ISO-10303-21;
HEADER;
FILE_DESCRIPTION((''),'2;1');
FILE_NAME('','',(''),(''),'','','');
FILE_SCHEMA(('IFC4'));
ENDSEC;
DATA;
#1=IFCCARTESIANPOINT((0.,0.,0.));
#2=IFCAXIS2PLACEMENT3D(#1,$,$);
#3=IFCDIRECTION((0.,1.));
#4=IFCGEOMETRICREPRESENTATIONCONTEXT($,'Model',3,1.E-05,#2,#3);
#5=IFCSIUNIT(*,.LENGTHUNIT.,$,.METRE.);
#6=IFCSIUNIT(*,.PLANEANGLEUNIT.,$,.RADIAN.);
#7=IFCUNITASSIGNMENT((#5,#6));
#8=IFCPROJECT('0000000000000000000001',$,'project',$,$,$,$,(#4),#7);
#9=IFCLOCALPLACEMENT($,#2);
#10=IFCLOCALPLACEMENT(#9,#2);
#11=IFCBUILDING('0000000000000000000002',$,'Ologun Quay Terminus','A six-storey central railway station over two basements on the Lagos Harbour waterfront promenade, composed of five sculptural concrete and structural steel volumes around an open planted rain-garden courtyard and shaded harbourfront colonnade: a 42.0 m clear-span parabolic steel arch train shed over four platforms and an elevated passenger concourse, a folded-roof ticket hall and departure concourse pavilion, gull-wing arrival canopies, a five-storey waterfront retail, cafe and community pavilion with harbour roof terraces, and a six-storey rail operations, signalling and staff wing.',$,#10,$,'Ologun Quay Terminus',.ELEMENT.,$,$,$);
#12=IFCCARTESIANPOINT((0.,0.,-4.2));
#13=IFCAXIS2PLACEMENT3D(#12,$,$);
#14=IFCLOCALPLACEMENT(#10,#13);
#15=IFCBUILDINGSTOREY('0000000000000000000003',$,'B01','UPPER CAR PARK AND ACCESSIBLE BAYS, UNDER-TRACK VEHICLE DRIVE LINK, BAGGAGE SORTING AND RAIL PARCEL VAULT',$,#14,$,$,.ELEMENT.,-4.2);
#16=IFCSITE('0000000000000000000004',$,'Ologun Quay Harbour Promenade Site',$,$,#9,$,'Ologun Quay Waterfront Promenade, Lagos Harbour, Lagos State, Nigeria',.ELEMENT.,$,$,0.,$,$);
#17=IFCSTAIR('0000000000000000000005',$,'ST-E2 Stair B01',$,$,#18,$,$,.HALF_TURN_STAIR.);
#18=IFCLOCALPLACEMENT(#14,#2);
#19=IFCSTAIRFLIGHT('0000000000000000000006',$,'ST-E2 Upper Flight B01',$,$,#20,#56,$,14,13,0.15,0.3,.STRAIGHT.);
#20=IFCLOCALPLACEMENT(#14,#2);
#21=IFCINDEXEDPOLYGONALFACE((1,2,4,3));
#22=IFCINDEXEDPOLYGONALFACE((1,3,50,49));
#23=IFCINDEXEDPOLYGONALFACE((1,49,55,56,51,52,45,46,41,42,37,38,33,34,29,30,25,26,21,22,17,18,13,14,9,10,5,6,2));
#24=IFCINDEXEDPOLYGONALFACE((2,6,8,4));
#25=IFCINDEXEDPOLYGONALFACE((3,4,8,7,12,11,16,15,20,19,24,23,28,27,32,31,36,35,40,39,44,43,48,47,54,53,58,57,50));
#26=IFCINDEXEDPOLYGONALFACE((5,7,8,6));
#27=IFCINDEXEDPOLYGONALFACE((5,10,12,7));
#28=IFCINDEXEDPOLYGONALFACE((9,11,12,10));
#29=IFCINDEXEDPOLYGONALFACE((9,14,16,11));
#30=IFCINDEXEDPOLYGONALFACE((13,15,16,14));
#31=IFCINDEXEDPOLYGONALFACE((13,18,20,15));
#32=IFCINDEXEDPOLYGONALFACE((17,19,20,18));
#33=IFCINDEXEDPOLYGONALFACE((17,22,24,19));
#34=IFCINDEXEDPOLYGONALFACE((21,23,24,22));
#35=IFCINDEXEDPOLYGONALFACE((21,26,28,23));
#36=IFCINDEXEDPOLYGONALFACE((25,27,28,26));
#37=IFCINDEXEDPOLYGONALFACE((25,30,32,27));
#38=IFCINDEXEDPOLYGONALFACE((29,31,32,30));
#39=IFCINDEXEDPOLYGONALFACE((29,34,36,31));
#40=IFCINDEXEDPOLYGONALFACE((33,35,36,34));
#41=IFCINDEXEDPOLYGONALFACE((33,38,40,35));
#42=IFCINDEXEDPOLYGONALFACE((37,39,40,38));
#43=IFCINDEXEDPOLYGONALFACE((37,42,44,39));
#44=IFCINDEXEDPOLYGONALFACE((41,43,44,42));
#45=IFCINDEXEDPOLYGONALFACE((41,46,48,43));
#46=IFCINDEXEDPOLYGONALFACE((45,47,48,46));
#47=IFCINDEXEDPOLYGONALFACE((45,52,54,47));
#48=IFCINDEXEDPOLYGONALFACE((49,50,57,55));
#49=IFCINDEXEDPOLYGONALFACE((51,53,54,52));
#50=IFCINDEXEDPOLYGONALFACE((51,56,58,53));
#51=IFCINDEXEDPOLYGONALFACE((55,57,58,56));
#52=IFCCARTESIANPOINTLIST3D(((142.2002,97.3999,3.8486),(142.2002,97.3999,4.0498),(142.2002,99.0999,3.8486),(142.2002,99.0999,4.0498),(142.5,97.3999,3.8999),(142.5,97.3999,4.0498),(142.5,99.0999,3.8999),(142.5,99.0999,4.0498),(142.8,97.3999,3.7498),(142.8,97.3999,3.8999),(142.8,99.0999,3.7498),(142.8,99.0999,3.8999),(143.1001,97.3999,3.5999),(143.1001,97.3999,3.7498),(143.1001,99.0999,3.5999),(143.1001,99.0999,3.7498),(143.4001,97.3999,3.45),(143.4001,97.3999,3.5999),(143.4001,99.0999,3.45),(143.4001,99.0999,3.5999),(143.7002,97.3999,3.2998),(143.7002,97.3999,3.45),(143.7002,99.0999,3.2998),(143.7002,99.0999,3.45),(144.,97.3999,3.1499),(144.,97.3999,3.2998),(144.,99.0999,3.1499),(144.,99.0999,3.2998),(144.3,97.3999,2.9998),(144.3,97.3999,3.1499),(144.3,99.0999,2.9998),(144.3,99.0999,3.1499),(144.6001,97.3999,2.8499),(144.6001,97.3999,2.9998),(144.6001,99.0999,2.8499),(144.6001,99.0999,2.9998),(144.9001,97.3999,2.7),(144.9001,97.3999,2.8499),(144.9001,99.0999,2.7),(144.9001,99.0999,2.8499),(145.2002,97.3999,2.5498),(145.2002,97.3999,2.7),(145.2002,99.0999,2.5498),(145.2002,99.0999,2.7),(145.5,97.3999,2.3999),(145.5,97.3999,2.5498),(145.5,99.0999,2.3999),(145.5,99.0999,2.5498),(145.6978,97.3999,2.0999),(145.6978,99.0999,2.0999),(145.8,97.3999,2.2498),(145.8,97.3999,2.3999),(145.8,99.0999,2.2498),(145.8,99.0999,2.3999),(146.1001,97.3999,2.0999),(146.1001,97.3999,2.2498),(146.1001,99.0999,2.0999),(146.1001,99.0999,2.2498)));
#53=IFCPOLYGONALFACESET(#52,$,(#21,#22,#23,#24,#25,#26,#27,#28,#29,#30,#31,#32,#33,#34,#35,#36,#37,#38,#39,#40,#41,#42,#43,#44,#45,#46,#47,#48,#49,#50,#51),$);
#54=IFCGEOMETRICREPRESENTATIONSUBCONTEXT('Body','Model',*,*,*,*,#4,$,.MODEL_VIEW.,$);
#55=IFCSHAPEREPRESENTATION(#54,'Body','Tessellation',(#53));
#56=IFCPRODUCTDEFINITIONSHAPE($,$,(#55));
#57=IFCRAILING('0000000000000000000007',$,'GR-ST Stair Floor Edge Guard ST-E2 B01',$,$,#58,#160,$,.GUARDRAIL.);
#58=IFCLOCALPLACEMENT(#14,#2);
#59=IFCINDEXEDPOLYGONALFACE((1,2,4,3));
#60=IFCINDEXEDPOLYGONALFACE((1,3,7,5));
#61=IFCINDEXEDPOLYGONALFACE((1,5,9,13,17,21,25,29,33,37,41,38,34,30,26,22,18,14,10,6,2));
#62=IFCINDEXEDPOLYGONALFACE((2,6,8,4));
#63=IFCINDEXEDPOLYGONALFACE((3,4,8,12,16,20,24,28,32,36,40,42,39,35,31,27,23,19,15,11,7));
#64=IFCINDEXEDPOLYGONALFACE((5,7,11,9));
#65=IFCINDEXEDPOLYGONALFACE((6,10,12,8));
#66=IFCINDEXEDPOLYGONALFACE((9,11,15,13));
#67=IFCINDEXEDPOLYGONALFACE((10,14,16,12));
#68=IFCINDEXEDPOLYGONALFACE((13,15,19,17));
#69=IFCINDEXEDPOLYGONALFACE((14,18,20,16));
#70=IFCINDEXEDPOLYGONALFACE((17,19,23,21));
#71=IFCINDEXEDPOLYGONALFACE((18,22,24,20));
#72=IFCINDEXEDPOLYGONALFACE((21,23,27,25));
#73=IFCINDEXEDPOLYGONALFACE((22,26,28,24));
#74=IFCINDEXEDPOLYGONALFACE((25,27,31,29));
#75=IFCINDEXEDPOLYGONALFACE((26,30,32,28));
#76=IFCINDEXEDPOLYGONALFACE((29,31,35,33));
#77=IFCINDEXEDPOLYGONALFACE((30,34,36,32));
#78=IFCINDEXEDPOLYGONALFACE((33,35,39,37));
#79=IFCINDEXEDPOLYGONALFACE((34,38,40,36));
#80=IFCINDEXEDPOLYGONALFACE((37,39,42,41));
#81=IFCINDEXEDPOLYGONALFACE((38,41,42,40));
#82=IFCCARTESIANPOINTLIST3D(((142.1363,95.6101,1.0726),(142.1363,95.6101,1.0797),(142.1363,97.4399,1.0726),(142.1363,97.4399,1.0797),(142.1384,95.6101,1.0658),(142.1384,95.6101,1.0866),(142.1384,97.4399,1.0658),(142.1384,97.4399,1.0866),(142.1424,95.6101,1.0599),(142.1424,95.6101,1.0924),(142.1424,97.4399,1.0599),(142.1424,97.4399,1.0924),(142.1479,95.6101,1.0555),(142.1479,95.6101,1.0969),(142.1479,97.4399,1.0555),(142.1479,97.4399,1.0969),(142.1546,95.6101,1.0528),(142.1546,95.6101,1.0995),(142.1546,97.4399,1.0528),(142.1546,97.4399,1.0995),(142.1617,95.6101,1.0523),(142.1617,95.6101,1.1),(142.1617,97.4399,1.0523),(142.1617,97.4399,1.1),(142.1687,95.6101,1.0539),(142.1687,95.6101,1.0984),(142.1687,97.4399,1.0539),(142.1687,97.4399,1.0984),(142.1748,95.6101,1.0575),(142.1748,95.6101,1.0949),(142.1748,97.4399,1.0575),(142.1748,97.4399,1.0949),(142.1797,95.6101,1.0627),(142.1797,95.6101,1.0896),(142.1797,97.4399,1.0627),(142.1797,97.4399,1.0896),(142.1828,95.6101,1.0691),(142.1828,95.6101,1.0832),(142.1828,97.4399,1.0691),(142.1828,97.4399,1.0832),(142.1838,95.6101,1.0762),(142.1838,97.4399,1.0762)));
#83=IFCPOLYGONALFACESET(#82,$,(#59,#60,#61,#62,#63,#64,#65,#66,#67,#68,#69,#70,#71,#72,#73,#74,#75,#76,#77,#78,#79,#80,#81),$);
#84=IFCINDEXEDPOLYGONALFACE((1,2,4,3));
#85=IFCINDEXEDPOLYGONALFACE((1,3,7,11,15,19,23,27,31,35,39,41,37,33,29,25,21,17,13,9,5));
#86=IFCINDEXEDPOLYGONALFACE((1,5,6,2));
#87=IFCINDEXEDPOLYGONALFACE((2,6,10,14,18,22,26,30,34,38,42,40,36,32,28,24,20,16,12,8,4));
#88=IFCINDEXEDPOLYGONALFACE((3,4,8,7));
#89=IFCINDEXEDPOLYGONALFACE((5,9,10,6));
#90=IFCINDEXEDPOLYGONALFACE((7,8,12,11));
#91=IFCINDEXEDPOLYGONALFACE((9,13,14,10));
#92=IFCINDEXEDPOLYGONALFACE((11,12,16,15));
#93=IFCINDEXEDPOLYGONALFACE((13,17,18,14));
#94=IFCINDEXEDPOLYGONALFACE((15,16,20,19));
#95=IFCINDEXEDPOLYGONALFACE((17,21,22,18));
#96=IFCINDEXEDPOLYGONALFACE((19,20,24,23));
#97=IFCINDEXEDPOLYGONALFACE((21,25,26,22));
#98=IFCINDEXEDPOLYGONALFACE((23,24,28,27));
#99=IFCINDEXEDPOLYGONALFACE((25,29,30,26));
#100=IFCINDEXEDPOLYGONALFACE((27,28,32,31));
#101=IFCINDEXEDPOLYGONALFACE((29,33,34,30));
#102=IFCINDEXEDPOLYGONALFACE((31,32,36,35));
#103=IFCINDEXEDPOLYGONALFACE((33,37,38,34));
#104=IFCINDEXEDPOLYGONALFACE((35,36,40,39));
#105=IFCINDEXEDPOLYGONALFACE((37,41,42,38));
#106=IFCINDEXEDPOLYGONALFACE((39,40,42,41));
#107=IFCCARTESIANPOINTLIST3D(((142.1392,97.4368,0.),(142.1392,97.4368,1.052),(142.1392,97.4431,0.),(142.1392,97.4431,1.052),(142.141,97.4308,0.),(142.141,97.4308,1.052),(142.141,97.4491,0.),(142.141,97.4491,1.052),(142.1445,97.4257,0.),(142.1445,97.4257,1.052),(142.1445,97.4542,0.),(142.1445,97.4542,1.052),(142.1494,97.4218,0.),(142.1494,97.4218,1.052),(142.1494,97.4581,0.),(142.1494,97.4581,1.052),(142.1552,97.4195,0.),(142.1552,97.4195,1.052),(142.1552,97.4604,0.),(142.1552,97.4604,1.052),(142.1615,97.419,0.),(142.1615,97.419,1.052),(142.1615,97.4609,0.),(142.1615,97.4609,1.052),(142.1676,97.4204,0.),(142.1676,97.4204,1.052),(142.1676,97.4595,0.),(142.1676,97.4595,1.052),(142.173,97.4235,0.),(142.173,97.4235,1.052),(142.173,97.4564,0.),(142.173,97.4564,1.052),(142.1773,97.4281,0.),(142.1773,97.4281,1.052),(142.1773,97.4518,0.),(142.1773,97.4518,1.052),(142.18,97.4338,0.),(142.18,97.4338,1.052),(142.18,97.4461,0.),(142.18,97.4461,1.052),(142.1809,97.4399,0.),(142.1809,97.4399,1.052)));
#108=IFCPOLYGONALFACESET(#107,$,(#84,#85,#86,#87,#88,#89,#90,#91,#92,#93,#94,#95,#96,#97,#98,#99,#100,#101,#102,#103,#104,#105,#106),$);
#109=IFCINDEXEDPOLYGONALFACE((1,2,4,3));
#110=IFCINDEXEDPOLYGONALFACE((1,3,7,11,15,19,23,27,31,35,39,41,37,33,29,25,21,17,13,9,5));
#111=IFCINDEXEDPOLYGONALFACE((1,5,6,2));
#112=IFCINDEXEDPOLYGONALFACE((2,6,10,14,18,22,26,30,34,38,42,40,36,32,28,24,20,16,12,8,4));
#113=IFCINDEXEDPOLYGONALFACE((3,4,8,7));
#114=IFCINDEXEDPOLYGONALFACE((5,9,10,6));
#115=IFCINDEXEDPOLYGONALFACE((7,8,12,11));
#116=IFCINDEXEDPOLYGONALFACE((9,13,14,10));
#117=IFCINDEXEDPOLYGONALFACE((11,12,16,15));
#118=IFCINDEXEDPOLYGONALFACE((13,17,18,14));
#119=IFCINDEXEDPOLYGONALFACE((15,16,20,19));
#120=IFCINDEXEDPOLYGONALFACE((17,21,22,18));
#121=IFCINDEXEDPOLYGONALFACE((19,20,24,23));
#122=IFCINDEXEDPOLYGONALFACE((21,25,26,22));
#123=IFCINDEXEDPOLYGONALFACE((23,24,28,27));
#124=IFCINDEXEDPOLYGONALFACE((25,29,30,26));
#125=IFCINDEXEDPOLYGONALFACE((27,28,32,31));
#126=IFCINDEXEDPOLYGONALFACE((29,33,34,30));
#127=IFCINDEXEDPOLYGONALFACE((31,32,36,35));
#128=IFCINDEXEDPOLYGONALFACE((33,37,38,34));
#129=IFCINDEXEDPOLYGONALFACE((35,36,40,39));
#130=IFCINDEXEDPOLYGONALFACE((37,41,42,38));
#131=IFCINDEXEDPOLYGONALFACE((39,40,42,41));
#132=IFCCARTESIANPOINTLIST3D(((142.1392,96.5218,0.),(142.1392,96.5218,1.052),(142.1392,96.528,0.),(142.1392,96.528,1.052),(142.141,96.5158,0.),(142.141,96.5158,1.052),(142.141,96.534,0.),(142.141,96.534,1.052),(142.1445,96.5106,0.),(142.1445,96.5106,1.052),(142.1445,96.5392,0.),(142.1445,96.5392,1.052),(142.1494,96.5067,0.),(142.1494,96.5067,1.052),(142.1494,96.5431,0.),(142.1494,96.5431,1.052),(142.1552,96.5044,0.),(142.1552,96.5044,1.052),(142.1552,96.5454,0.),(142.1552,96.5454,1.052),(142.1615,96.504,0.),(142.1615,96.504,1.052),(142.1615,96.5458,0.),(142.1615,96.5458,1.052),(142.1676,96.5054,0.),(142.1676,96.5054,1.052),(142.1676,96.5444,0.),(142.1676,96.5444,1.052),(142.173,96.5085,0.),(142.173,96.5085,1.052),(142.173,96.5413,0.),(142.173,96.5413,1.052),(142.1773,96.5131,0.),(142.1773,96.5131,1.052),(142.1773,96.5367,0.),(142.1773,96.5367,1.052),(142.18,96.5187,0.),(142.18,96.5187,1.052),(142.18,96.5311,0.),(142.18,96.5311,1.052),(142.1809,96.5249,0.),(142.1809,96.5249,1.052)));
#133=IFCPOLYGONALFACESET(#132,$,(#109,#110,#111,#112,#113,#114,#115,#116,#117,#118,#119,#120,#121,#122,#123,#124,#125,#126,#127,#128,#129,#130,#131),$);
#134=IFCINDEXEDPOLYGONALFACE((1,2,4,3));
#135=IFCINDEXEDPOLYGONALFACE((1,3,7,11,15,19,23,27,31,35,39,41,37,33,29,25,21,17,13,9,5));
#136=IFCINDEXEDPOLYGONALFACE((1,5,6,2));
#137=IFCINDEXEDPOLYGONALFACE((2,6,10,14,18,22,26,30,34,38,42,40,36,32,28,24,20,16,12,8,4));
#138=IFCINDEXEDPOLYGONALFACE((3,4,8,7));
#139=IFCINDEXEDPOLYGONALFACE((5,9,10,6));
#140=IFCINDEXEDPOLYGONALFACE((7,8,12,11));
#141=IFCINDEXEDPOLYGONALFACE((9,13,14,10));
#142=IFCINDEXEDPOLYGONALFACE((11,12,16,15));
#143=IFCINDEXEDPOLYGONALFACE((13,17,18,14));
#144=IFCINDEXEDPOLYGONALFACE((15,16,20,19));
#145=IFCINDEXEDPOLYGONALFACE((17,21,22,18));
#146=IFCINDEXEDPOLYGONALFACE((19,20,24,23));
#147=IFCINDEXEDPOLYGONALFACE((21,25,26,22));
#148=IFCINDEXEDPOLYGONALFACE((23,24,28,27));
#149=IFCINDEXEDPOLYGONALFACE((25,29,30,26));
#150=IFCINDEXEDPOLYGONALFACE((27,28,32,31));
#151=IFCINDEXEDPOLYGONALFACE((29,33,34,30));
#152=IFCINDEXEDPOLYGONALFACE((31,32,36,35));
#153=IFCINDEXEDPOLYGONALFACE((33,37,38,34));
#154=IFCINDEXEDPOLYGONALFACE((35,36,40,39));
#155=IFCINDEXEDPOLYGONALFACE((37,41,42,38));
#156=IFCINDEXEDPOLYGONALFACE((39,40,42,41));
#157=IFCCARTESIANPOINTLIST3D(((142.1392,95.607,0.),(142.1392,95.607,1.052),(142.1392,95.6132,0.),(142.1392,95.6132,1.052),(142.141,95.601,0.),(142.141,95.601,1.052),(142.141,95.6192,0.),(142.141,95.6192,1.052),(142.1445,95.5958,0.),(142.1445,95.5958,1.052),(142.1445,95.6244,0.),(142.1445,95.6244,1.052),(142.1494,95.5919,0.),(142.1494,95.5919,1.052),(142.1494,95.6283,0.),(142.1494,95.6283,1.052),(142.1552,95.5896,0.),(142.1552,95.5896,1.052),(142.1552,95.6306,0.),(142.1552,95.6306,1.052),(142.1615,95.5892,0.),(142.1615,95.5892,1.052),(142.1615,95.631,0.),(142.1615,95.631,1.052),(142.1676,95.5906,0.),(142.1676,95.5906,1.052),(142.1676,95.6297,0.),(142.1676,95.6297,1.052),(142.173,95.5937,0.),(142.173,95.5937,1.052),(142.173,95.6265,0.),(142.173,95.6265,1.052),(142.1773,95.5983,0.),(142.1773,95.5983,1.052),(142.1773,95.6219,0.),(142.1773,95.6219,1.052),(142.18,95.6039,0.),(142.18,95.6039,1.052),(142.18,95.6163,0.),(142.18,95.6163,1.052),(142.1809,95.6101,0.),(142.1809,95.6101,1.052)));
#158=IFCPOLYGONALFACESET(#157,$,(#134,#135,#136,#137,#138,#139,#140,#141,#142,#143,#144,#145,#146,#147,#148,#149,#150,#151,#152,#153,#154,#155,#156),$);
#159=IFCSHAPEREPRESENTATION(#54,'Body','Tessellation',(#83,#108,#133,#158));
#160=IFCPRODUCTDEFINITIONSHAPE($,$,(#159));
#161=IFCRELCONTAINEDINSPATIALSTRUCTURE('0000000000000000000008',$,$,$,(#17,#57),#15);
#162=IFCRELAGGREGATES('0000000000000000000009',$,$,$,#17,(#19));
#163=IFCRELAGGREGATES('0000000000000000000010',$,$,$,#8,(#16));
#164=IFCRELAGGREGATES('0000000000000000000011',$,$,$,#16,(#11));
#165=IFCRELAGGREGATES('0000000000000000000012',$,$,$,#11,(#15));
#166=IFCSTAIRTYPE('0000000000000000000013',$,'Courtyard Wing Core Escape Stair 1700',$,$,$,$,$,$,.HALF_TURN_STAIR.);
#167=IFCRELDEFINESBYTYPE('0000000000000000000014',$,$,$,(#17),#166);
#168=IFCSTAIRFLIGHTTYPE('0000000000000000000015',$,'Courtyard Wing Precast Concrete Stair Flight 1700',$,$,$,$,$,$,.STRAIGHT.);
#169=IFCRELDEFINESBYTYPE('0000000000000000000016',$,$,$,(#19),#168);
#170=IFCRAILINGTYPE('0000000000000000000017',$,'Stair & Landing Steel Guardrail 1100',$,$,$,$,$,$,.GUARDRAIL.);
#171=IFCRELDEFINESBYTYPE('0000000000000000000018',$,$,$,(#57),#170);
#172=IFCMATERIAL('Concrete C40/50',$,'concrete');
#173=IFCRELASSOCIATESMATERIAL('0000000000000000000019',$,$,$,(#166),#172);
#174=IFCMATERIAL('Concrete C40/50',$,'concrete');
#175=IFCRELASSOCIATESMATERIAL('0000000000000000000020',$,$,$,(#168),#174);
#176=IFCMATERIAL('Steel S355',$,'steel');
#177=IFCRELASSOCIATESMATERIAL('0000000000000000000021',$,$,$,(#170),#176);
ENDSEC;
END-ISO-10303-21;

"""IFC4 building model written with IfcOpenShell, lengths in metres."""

from ifc_helpers import new_model, si_unit, direction, frame, origin, origin_2d, place, context, subcontext, project, spatial, polyline, circle, outline, extrude, material, type_object, element, aggregate, save


model = new_model("IFC4")

# Units and contexts
model_context = context("Model", 3, precision=1e-05, world=origin(), true_north=direction((0.0, 1.0)))
body_context = subcontext(model_context, "Body", "Model", "MODEL_VIEW")
ifc_project = project(units=[si_unit("LENGTHUNIT", "METRE"), si_unit("PLANEANGLEUNIT", "RADIAN")], contexts=[model_context])

# Site, building, storey
site_placement = place(None, origin())
site = spatial("IfcSite", under=ifc_project, at=site_placement, Name="Ologun Quay Harbour Promenade Site", LongName="Ologun Quay Waterfront Promenade, Lagos Harbour, Lagos State, Nigeria", CompositionType="ELEMENT", RefElevation=0.0)
building_placement = place(site_placement, origin())
building = spatial("IfcBuilding", under=site, at=building_placement, Name="Ologun Quay Terminus", Description="A six-storey central railway station over two basements on the Lagos Harbour waterfront promenade, composed of five sculptural concrete and structural steel volumes around an open planted rain-garden courtyard and shaded harbourfront colonnade: a 42.0 m clear-span parabolic steel arch train shed over four platforms and an elevated passenger concourse, a folded-roof ticket hall and departure concourse pavilion, gull-wing arrival canopies, a five-storey waterfront retail, cafe and community pavilion with harbour roof terraces, and a six-storey rail operations, signalling and staff wing.", LongName="Ologun Quay Terminus", CompositionType="ELEMENT")
storey_placement = place(building_placement, frame((0.0, 0.0, -4.2)))
storey = spatial("IfcBuildingStorey", under=building, at=storey_placement, Name="B01", Description="UPPER CAR PARK AND ACCESSIBLE BAYS, UNDER-TRACK VEHICLE DRIVE LINK, BAGGAGE SORTING AND RAIL PARCEL VAULT", CompositionType="ELEMENT", Elevation=-4.2)

# Stair, stair flight
ifc_material_1 = material(Name="Concrete C40/50", Category="concrete")
stair_type = type_object("IfcStairType", Name="Courtyard Wing Core Escape Stair 1700", PredefinedType="HALF_TURN_STAIR", material=ifc_material_1)
stair_placement = place(storey_placement, origin())
stair = element("IfcStair", 1, at=stair_placement, inside=storey, type_object=stair_type, Name="ST-E2 Stair B01", PredefinedType="HALF_TURN_STAIR")
ifc_material_2 = material(Name="Concrete C40/50", Category="concrete")
stair_flight_type = type_object("IfcStairFlightType", Name="Courtyard Wing Precast Concrete Stair Flight 1700", PredefinedType="STRAIGHT", material=ifc_material_2)
stair_flight_1_placement = place(storey_placement, frame((146.1001, 98.25, 2.0999), z_axis=(0.0, 0.0, 1.0), x_axis=(-1.0, 0.0, 0.0)))
stair_flight_1 = element("IfcStairFlight", 2, at=stair_flight_1_placement, type_object=stair_flight_type, Name="ST-E2 Upper Flight B01", NumberOfRisers=14, NumberOfTreads=13, PredefinedType="STRAIGHT", RiserHeight=0.15, TreadLength=0.3, context=body_context, shape_type="SweptSolid", body=[
    extrude(outline(polyline([(0.0, 0.0), (0.0, 0.1499), (0.3, 0.1499), (0.3, 0.3), (0.6001, 0.3), (0.6001, 0.45), (0.8999, 0.45), (0.8999, 0.6001), (1.2, 0.6001), (1.2, 0.75), (1.5, 0.75), (1.5, 0.8999), (1.8, 0.8999), (1.8, 1.05), (2.1001, 1.05), (2.1001, 1.2), (2.3999, 1.2), (2.3999, 1.3501), (2.7, 1.3501), (2.7, 1.5), (3.0, 1.5), (3.0, 1.6499), (3.3, 1.6499), (3.3, 1.8), (3.6001, 1.8), (3.6001, 1.95), (3.8999, 1.95), (3.8999, 2.1001), (3.8999, 1.7488), (0.4023, 0.0), (0.0, 0.0)])), frame((0.0, 0.8501, 0.0), z_axis=(0.0, -1.0, 0.0), x_axis=(1.0, 0.0, 0.0)), (0.0, 0.0, 1.0), 1.7),
])
aggregate(stair, [stair_flight_1])

# Railing
ifc_material_3 = material(Name="Steel S355", Category="steel")
railing_type_1 = type_object("IfcRailingType", Name="Stair & Landing Steel Guardrail 1100", PredefinedType="GUARDRAIL", material=ifc_material_3)
railing_1_placement = place(storey_placement, frame((142.1599, 97.4399, 0.0)))
element("IfcRailing", 3, at=railing_1_placement, inside=storey, type_object=railing_type_1, Name="GR-ST Stair Floor Edge Guard ST-E2 B01", PredefinedType="GUARDRAIL", context=body_context, shape_type="SweptSolid", body=[
    extrude(circle(Radius=0.0239, at=origin_2d()), frame((0.0, 0.0, 1.0762), z_axis=(0.0, -1.0, 0.0), x_axis=(1.0, 0.0, 0.0)), (0.0, 0.0, 1.0), 1.8298),
    extrude(circle(Radius=0.021, at=origin_2d()), origin(), (0.0, 0.0, 1.0), 1.052),
    extrude(circle(Radius=0.021, at=origin_2d()), frame((0.0, -0.915, 0.0)), (0.0, 0.0, 1.0), 1.052),
    extrude(circle(Radius=0.021, at=origin_2d()), frame((0.0, -1.8298, 0.0)), (0.0, 0.0, 1.0), 1.052),
])

save(model, "model.ifc")
